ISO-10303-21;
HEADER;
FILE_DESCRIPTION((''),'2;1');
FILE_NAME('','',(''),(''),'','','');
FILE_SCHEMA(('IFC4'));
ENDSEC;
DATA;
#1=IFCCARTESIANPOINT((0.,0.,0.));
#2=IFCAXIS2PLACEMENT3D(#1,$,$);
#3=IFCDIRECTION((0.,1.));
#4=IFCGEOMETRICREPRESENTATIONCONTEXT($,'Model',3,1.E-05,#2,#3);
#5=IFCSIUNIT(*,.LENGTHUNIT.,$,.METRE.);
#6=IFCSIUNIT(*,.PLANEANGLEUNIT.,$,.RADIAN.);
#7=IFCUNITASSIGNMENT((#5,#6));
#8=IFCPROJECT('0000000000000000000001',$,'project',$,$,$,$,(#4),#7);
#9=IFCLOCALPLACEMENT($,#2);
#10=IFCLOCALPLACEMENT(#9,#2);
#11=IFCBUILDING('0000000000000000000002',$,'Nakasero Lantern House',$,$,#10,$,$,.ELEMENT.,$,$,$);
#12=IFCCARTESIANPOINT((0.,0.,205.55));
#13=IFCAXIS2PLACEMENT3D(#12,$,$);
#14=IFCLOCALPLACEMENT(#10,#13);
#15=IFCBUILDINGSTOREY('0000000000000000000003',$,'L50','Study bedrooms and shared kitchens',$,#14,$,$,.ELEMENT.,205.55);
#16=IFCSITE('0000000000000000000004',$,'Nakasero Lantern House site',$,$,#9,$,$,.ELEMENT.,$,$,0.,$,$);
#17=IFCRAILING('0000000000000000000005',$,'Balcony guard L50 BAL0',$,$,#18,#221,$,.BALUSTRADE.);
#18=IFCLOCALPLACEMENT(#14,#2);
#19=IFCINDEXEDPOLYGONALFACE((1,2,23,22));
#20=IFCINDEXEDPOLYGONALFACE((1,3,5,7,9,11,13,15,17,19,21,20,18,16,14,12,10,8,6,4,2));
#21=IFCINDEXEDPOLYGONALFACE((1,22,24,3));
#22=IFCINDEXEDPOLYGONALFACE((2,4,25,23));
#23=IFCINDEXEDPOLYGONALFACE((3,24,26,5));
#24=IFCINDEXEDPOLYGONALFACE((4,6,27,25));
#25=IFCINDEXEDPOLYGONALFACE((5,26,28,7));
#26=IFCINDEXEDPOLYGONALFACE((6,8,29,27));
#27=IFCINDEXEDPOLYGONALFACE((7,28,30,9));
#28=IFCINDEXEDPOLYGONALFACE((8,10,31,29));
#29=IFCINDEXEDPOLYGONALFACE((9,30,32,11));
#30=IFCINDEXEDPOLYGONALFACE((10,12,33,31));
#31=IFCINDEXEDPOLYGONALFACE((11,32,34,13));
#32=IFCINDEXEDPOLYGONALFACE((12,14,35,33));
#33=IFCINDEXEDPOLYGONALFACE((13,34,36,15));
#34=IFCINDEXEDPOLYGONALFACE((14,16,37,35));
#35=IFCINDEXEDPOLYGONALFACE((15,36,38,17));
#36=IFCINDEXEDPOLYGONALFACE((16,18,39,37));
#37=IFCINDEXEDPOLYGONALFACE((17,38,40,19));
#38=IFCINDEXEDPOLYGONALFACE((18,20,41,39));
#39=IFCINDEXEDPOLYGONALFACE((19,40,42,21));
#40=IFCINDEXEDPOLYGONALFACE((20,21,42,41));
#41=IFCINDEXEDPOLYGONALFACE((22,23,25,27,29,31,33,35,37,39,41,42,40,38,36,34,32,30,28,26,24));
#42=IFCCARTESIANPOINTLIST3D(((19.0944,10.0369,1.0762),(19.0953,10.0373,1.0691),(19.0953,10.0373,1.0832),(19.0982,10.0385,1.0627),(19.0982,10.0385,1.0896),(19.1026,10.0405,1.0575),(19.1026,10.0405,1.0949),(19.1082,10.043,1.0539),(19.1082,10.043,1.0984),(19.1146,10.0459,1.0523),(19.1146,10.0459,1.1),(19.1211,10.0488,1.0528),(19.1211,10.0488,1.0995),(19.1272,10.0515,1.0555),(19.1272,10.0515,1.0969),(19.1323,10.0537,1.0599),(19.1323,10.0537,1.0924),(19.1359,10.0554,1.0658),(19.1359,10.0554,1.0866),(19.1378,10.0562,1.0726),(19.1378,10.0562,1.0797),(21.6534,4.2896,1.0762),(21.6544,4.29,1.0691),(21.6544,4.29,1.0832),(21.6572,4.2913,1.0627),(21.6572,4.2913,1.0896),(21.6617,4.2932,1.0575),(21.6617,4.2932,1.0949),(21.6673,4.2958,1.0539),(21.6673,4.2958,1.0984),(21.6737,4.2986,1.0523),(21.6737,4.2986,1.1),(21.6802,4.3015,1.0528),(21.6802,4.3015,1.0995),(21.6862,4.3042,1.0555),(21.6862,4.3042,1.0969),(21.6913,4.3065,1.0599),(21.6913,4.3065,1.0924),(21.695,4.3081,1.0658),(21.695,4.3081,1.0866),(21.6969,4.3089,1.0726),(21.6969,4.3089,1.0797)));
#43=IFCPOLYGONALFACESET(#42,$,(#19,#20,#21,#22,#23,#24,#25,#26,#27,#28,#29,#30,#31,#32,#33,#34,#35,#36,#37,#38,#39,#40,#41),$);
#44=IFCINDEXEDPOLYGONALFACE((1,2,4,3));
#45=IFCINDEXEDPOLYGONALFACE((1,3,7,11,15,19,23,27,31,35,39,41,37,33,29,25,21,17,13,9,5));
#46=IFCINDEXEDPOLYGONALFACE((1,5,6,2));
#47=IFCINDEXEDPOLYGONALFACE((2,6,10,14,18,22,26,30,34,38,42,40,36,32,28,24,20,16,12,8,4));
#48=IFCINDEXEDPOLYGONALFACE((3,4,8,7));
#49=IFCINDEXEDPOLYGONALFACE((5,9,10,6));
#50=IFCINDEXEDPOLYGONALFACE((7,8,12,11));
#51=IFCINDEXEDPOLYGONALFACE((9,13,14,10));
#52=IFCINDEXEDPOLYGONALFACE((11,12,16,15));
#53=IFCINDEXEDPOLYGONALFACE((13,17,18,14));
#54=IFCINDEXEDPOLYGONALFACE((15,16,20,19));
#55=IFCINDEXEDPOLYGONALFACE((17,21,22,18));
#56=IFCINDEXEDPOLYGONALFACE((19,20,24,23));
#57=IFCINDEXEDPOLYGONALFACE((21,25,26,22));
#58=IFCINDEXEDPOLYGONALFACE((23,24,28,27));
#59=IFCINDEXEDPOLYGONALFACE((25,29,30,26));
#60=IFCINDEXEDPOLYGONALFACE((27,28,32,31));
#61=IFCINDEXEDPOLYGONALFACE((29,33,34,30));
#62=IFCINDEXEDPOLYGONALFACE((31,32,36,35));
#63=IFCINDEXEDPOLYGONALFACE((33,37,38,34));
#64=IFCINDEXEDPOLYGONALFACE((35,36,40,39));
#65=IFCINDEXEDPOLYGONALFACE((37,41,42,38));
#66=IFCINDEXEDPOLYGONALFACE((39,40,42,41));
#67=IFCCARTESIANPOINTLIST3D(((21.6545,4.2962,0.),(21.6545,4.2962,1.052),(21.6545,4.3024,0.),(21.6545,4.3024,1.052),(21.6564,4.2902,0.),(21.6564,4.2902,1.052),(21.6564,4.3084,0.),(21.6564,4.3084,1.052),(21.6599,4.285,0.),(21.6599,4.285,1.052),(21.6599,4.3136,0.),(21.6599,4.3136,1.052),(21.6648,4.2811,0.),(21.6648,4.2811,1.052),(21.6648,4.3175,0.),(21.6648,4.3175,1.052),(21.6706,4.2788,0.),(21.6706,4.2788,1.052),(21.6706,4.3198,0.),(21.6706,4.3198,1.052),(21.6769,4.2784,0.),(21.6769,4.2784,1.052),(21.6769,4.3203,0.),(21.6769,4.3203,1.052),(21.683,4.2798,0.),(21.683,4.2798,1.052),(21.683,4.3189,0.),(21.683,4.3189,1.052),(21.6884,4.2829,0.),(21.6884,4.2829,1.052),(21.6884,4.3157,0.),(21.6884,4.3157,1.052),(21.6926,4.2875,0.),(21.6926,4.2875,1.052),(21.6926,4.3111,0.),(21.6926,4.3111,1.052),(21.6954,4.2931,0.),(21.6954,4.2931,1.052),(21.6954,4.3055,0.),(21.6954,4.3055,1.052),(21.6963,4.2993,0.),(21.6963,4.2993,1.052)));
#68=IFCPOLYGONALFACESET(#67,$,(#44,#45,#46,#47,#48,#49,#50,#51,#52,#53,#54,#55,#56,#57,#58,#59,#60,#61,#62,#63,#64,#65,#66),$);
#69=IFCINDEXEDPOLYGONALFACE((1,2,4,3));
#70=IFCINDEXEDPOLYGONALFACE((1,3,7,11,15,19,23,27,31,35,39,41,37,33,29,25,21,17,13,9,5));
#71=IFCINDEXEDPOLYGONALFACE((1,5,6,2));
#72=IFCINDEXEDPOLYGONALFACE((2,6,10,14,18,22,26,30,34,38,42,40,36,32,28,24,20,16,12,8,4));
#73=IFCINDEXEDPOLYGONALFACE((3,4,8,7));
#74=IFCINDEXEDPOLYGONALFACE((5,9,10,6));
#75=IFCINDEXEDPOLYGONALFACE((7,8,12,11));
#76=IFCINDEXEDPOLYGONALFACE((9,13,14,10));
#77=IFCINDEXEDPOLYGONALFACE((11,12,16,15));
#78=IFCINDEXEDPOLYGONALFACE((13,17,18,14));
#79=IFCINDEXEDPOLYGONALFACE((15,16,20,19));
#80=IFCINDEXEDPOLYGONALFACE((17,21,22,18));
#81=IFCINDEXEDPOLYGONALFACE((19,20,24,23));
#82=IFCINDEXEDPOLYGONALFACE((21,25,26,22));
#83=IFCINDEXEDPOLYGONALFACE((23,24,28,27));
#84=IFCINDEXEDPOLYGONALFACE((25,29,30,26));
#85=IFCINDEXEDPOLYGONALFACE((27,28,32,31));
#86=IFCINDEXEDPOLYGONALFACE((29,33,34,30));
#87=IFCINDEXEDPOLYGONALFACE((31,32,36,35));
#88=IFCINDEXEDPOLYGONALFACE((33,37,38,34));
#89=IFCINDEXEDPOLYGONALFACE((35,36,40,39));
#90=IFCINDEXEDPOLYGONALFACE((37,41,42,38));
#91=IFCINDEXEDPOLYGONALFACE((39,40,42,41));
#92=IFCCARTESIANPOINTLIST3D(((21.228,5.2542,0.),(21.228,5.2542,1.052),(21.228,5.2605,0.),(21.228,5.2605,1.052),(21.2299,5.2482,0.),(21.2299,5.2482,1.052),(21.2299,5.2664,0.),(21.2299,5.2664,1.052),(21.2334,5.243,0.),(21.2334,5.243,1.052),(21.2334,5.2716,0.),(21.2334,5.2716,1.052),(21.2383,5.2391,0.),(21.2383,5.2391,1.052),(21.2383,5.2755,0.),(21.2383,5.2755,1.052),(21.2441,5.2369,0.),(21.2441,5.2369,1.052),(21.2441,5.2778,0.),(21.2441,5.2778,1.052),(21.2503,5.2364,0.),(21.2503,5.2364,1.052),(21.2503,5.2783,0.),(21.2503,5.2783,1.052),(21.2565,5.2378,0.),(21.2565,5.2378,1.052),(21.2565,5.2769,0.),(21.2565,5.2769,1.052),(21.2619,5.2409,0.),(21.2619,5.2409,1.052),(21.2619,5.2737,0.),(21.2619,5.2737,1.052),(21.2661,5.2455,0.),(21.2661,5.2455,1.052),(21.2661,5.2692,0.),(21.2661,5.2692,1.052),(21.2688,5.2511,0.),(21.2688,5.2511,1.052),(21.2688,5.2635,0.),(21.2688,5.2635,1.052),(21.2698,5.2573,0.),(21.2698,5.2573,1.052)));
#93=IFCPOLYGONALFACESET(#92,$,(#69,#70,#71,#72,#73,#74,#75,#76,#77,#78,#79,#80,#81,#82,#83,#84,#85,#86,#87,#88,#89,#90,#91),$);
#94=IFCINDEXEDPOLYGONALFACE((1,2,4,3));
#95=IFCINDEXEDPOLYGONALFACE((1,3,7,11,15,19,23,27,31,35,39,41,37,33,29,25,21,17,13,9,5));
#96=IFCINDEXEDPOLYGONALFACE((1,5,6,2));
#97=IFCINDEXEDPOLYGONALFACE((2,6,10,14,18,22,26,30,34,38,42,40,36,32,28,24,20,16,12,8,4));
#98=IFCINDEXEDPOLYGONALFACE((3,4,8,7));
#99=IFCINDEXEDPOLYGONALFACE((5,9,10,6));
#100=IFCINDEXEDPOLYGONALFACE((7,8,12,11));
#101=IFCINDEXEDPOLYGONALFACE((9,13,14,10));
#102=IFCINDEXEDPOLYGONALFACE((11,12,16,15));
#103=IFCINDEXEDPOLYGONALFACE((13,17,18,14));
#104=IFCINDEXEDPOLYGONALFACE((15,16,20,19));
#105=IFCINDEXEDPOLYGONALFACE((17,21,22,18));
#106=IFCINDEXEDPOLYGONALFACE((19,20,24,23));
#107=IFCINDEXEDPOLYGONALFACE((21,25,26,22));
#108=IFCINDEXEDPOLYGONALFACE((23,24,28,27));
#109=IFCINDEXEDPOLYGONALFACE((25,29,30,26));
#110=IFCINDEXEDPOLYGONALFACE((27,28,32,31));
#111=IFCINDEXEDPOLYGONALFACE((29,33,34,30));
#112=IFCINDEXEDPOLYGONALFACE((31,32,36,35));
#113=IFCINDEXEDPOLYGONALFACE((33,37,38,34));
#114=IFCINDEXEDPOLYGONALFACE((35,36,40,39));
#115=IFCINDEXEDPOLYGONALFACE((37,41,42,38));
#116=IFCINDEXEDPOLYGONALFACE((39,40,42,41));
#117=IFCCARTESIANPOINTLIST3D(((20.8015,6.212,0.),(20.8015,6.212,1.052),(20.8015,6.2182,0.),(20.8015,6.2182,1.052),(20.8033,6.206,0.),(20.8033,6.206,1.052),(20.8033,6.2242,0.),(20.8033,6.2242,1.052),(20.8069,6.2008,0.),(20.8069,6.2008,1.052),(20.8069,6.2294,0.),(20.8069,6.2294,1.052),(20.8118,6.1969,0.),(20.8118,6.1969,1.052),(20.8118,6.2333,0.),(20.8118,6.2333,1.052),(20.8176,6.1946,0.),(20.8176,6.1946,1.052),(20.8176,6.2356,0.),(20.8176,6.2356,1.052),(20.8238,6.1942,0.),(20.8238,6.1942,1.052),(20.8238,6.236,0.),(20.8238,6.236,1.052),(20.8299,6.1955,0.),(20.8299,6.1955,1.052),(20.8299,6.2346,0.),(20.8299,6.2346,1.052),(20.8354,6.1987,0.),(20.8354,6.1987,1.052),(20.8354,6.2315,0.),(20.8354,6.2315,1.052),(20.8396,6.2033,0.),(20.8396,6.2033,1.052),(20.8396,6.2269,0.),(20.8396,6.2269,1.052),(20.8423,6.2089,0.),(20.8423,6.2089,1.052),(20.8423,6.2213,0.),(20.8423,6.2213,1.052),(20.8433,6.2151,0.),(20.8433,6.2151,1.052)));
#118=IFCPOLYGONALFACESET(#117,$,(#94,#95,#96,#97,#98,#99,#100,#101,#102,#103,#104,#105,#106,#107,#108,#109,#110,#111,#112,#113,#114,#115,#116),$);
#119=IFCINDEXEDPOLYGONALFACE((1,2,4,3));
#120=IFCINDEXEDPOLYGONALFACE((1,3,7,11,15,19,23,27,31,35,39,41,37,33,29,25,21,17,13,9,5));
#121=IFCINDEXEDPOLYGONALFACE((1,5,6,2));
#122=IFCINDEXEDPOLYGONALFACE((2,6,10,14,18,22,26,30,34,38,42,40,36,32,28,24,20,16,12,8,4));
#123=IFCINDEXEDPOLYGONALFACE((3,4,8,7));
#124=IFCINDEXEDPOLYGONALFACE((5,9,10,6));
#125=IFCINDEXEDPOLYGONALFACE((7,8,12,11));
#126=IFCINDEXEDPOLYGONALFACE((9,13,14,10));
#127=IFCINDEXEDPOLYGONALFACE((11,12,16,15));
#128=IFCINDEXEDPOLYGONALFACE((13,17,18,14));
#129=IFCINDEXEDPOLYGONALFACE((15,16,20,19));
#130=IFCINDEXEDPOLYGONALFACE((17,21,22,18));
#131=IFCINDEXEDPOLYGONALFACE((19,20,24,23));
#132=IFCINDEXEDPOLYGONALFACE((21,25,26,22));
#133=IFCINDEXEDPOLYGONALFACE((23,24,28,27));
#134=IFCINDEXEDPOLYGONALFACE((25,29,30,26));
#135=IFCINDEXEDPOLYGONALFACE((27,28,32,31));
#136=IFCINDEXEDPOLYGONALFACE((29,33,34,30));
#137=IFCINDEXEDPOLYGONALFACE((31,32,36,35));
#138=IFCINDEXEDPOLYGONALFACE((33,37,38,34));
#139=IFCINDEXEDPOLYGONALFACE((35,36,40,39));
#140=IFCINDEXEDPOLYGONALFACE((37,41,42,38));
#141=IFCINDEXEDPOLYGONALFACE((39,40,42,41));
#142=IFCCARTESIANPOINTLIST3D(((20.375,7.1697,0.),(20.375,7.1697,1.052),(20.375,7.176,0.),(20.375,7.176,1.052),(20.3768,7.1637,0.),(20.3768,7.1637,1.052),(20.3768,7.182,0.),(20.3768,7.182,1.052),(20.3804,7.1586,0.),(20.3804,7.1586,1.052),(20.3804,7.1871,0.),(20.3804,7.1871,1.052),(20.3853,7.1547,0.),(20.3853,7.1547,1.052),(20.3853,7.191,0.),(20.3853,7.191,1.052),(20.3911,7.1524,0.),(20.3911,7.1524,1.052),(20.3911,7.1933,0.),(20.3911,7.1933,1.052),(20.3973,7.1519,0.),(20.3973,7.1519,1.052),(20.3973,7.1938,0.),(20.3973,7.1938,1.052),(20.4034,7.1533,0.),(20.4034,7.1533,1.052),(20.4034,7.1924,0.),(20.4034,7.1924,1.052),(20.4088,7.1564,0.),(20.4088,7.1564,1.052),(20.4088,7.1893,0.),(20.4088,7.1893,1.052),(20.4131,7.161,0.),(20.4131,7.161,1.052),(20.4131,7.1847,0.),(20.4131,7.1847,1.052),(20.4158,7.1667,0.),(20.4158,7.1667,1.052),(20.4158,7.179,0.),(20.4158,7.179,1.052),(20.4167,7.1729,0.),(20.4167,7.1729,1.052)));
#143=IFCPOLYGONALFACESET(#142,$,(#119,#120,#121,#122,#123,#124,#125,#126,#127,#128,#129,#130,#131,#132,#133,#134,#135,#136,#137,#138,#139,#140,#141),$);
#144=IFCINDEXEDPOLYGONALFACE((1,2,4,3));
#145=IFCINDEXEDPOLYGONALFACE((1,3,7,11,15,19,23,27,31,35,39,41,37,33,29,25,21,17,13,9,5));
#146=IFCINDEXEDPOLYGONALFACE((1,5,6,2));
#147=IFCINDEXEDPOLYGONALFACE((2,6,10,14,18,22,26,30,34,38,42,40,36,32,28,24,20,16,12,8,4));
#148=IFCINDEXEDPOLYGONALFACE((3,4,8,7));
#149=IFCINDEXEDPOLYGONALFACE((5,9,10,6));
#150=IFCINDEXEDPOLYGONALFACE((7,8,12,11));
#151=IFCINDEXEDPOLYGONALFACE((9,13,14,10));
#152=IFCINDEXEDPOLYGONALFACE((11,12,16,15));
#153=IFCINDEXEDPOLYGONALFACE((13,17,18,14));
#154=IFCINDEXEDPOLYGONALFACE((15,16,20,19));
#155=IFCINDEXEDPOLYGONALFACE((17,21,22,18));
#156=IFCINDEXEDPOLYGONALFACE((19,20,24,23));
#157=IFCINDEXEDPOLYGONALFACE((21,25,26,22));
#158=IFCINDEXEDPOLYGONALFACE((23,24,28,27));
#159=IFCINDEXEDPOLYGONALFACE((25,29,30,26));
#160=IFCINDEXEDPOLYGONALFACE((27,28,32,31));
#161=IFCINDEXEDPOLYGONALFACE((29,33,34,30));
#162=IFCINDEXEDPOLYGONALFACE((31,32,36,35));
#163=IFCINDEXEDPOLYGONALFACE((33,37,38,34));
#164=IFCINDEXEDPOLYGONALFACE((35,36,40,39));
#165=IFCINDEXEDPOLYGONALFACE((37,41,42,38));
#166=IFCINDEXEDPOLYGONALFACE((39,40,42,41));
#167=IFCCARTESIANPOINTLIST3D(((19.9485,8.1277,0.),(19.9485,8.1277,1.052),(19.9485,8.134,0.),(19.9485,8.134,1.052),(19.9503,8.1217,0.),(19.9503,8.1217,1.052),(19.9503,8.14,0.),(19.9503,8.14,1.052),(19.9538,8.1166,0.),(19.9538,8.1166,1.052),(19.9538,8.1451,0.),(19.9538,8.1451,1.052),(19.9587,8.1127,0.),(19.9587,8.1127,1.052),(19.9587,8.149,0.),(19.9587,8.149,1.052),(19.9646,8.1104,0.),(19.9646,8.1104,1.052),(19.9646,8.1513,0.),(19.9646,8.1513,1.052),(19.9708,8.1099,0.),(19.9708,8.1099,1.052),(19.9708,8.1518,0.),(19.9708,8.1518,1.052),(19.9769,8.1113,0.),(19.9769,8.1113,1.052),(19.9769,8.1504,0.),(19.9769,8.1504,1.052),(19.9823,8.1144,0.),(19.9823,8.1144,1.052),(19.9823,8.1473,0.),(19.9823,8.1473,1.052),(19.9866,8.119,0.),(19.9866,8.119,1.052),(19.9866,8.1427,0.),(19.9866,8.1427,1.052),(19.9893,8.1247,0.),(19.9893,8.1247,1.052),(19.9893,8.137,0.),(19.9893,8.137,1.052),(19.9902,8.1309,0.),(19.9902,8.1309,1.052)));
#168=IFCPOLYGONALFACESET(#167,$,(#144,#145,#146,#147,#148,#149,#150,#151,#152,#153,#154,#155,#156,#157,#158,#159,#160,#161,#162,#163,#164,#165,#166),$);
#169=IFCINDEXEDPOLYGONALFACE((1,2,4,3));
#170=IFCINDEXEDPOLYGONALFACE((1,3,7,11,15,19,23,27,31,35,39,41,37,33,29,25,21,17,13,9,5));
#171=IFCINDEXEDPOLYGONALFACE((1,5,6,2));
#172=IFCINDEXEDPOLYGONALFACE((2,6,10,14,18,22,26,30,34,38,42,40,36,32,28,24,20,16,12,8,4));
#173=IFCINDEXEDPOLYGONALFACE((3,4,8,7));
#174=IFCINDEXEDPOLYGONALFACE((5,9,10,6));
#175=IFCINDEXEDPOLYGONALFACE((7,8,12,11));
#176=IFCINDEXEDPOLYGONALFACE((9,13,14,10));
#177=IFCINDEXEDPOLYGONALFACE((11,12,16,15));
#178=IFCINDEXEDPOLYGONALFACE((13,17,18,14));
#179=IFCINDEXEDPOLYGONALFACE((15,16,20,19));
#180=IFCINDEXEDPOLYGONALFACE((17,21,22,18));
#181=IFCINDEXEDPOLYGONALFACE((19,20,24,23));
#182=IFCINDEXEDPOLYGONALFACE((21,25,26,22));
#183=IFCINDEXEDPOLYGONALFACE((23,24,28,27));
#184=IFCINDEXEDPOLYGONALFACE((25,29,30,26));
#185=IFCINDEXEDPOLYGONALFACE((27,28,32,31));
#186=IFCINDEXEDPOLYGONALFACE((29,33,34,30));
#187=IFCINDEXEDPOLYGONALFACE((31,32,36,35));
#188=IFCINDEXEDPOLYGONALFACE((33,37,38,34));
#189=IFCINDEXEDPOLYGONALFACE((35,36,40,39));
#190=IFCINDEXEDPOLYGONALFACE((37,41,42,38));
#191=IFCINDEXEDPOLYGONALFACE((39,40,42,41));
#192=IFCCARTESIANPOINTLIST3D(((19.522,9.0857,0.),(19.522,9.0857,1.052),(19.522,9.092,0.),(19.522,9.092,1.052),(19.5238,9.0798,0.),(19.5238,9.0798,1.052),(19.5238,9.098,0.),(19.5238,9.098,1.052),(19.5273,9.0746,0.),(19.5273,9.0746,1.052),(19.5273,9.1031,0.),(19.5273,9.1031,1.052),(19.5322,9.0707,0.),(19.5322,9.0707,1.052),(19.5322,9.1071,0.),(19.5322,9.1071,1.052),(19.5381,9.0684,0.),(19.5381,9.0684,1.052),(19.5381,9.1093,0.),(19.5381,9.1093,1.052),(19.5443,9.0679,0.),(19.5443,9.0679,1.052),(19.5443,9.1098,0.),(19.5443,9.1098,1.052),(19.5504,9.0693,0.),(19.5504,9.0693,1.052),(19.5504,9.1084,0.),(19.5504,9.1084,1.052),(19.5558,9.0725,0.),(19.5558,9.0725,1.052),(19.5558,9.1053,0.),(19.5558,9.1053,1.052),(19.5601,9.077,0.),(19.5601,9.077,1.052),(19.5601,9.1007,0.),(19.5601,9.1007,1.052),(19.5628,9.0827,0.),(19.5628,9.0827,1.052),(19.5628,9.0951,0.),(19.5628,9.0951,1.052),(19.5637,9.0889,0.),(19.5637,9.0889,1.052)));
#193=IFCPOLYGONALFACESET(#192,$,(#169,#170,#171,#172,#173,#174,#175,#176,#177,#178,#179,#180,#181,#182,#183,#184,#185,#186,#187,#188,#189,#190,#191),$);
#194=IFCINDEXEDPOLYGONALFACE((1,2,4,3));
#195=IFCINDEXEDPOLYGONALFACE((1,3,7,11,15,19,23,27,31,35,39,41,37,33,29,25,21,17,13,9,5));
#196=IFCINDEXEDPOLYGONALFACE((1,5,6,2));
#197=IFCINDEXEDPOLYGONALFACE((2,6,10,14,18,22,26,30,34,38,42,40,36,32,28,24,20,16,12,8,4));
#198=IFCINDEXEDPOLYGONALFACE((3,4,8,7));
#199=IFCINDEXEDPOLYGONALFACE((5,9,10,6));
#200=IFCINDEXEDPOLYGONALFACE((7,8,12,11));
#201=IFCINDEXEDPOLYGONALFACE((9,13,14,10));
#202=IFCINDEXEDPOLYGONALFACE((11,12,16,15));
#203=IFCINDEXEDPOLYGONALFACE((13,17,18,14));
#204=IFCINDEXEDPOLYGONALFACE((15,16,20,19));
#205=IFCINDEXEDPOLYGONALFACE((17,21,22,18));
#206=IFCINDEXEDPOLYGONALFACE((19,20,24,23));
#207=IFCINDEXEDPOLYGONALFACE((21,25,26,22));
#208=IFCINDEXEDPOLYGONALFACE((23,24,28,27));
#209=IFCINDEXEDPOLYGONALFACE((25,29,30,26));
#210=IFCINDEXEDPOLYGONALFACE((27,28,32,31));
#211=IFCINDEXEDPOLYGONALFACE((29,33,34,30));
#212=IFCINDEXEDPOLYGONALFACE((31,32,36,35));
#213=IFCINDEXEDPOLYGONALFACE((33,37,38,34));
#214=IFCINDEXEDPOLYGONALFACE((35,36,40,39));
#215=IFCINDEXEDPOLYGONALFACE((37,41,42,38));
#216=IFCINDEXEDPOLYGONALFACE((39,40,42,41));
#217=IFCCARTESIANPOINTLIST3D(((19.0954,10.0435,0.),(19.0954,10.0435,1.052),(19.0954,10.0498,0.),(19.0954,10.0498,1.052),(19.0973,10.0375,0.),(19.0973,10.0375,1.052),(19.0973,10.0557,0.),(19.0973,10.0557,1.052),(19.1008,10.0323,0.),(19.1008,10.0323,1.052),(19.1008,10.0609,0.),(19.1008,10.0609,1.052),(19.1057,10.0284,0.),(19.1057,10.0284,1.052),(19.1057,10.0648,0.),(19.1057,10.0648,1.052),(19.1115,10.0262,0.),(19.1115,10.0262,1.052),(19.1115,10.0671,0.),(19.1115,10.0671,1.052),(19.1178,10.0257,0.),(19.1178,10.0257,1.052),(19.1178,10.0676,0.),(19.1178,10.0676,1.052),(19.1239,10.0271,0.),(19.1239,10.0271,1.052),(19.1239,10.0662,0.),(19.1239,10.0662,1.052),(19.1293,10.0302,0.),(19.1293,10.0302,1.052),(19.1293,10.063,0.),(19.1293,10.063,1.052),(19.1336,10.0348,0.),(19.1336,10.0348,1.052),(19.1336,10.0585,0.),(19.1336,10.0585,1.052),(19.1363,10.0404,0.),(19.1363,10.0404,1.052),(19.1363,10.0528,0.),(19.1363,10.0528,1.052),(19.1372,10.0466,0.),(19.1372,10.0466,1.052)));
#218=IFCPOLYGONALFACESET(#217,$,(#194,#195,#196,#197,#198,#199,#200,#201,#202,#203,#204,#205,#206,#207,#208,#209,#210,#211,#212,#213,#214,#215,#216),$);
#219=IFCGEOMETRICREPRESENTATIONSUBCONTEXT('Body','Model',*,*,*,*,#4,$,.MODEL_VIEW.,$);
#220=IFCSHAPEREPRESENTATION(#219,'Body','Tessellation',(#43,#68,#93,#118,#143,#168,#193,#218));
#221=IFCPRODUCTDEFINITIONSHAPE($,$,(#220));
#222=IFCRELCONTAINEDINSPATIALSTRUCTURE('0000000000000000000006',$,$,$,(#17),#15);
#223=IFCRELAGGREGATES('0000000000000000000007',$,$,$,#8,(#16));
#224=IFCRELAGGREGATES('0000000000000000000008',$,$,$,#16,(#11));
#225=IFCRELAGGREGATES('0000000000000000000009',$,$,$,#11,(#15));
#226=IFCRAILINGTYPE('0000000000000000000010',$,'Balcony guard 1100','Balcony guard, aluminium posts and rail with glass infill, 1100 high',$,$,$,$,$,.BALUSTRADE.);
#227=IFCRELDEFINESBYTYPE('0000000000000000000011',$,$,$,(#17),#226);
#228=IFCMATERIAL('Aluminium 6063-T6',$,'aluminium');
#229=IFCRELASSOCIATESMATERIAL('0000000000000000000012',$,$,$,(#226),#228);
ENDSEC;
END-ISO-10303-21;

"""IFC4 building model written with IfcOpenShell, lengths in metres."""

from ifc_helpers import new_model, si_unit, direction, frame, origin, origin_2d, place, context, subcontext, project, spatial, circle, extrude, material, type_object, element, save


model = new_model("IFC4")

# Units and contexts
model_context = context("Model", 3, precision=1e-05, world=origin(), true_north=direction((0.0, 1.0)))
body_context = subcontext(model_context, "Body", "Model", "MODEL_VIEW")
ifc_project = project(units=[si_unit("LENGTHUNIT", "METRE"), si_unit("PLANEANGLEUNIT", "RADIAN")], contexts=[model_context])

# Site, building, storey
site_placement = place(None, origin())
site = spatial("IfcSite", under=ifc_project, at=site_placement, Name="Nakasero Lantern House site", CompositionType="ELEMENT", RefElevation=0.0)
building_placement = place(site_placement, origin())
building = spatial("IfcBuilding", under=site, at=building_placement, Name="Nakasero Lantern House", CompositionType="ELEMENT")
storey_placement = place(building_placement, frame((0.0, 0.0, 205.55)))
storey = spatial("IfcBuildingStorey", under=building, at=storey_placement, Name="L50", Description="Study bedrooms and shared kitchens", CompositionType="ELEMENT", Elevation=205.55)

# Railing
ifc_material_1 = material(Name="Aluminium 6063-T6", Category="aluminium")
railing_type = type_object("IfcRailingType", Name="Balcony guard 1100", Description="Balcony guard, aluminium posts and rail with glass infill, 1100 high", PredefinedType="BALUSTRADE", material=ifc_material_1)
railing_placement = place(storey_placement, frame((21.6753, 4.2993, 0.0)))
element("IfcRailing", 1, at=railing_placement, inside=storey, type_object=railing_type, Name="Balcony guard L50 BAL0", PredefinedType="BALUSTRADE", context=body_context, shape_type="SweptSolid", body=[
    extrude(circle(Radius=0.0239, at=origin_2d()), frame((0.0, 0.0, 1.0762), z_axis=(-0.406765, 0.913533, 0.0), x_axis=(-0.913533, -0.406765, 0.0)), (0.0, 0.0, 1.0), 6.2913),
    extrude(circle(Radius=0.021, at=origin_2d()), origin(), (0.0, 0.0, 1.0), 1.052),
    extrude(circle(Radius=0.021, at=origin_2d()), frame((-0.4265, 0.958, 0.0)), (0.0, 0.0, 1.0), 1.052),
    extrude(circle(Radius=0.021, at=origin_2d()), frame((-0.853, 1.9158, 0.0)), (0.0, 0.0, 1.0), 1.052),
    extrude(circle(Radius=0.021, at=origin_2d()), frame((-1.2795, 2.8735, 0.0)), (0.0, 0.0, 1.0), 1.052),
    extrude(circle(Radius=0.021, at=origin_2d()), frame((-1.7061, 3.8315, 0.0)), (0.0, 0.0, 1.0), 1.052),
    extrude(circle(Radius=0.021, at=origin_2d()), frame((-2.1326, 4.7896, 0.0)), (0.0, 0.0, 1.0), 1.052),
    extrude(circle(Radius=0.021, at=origin_2d()), frame((-2.5591, 5.7473, 0.0)), (0.0, 0.0, 1.0), 1.052),
])

save(model, "model.ifc")
